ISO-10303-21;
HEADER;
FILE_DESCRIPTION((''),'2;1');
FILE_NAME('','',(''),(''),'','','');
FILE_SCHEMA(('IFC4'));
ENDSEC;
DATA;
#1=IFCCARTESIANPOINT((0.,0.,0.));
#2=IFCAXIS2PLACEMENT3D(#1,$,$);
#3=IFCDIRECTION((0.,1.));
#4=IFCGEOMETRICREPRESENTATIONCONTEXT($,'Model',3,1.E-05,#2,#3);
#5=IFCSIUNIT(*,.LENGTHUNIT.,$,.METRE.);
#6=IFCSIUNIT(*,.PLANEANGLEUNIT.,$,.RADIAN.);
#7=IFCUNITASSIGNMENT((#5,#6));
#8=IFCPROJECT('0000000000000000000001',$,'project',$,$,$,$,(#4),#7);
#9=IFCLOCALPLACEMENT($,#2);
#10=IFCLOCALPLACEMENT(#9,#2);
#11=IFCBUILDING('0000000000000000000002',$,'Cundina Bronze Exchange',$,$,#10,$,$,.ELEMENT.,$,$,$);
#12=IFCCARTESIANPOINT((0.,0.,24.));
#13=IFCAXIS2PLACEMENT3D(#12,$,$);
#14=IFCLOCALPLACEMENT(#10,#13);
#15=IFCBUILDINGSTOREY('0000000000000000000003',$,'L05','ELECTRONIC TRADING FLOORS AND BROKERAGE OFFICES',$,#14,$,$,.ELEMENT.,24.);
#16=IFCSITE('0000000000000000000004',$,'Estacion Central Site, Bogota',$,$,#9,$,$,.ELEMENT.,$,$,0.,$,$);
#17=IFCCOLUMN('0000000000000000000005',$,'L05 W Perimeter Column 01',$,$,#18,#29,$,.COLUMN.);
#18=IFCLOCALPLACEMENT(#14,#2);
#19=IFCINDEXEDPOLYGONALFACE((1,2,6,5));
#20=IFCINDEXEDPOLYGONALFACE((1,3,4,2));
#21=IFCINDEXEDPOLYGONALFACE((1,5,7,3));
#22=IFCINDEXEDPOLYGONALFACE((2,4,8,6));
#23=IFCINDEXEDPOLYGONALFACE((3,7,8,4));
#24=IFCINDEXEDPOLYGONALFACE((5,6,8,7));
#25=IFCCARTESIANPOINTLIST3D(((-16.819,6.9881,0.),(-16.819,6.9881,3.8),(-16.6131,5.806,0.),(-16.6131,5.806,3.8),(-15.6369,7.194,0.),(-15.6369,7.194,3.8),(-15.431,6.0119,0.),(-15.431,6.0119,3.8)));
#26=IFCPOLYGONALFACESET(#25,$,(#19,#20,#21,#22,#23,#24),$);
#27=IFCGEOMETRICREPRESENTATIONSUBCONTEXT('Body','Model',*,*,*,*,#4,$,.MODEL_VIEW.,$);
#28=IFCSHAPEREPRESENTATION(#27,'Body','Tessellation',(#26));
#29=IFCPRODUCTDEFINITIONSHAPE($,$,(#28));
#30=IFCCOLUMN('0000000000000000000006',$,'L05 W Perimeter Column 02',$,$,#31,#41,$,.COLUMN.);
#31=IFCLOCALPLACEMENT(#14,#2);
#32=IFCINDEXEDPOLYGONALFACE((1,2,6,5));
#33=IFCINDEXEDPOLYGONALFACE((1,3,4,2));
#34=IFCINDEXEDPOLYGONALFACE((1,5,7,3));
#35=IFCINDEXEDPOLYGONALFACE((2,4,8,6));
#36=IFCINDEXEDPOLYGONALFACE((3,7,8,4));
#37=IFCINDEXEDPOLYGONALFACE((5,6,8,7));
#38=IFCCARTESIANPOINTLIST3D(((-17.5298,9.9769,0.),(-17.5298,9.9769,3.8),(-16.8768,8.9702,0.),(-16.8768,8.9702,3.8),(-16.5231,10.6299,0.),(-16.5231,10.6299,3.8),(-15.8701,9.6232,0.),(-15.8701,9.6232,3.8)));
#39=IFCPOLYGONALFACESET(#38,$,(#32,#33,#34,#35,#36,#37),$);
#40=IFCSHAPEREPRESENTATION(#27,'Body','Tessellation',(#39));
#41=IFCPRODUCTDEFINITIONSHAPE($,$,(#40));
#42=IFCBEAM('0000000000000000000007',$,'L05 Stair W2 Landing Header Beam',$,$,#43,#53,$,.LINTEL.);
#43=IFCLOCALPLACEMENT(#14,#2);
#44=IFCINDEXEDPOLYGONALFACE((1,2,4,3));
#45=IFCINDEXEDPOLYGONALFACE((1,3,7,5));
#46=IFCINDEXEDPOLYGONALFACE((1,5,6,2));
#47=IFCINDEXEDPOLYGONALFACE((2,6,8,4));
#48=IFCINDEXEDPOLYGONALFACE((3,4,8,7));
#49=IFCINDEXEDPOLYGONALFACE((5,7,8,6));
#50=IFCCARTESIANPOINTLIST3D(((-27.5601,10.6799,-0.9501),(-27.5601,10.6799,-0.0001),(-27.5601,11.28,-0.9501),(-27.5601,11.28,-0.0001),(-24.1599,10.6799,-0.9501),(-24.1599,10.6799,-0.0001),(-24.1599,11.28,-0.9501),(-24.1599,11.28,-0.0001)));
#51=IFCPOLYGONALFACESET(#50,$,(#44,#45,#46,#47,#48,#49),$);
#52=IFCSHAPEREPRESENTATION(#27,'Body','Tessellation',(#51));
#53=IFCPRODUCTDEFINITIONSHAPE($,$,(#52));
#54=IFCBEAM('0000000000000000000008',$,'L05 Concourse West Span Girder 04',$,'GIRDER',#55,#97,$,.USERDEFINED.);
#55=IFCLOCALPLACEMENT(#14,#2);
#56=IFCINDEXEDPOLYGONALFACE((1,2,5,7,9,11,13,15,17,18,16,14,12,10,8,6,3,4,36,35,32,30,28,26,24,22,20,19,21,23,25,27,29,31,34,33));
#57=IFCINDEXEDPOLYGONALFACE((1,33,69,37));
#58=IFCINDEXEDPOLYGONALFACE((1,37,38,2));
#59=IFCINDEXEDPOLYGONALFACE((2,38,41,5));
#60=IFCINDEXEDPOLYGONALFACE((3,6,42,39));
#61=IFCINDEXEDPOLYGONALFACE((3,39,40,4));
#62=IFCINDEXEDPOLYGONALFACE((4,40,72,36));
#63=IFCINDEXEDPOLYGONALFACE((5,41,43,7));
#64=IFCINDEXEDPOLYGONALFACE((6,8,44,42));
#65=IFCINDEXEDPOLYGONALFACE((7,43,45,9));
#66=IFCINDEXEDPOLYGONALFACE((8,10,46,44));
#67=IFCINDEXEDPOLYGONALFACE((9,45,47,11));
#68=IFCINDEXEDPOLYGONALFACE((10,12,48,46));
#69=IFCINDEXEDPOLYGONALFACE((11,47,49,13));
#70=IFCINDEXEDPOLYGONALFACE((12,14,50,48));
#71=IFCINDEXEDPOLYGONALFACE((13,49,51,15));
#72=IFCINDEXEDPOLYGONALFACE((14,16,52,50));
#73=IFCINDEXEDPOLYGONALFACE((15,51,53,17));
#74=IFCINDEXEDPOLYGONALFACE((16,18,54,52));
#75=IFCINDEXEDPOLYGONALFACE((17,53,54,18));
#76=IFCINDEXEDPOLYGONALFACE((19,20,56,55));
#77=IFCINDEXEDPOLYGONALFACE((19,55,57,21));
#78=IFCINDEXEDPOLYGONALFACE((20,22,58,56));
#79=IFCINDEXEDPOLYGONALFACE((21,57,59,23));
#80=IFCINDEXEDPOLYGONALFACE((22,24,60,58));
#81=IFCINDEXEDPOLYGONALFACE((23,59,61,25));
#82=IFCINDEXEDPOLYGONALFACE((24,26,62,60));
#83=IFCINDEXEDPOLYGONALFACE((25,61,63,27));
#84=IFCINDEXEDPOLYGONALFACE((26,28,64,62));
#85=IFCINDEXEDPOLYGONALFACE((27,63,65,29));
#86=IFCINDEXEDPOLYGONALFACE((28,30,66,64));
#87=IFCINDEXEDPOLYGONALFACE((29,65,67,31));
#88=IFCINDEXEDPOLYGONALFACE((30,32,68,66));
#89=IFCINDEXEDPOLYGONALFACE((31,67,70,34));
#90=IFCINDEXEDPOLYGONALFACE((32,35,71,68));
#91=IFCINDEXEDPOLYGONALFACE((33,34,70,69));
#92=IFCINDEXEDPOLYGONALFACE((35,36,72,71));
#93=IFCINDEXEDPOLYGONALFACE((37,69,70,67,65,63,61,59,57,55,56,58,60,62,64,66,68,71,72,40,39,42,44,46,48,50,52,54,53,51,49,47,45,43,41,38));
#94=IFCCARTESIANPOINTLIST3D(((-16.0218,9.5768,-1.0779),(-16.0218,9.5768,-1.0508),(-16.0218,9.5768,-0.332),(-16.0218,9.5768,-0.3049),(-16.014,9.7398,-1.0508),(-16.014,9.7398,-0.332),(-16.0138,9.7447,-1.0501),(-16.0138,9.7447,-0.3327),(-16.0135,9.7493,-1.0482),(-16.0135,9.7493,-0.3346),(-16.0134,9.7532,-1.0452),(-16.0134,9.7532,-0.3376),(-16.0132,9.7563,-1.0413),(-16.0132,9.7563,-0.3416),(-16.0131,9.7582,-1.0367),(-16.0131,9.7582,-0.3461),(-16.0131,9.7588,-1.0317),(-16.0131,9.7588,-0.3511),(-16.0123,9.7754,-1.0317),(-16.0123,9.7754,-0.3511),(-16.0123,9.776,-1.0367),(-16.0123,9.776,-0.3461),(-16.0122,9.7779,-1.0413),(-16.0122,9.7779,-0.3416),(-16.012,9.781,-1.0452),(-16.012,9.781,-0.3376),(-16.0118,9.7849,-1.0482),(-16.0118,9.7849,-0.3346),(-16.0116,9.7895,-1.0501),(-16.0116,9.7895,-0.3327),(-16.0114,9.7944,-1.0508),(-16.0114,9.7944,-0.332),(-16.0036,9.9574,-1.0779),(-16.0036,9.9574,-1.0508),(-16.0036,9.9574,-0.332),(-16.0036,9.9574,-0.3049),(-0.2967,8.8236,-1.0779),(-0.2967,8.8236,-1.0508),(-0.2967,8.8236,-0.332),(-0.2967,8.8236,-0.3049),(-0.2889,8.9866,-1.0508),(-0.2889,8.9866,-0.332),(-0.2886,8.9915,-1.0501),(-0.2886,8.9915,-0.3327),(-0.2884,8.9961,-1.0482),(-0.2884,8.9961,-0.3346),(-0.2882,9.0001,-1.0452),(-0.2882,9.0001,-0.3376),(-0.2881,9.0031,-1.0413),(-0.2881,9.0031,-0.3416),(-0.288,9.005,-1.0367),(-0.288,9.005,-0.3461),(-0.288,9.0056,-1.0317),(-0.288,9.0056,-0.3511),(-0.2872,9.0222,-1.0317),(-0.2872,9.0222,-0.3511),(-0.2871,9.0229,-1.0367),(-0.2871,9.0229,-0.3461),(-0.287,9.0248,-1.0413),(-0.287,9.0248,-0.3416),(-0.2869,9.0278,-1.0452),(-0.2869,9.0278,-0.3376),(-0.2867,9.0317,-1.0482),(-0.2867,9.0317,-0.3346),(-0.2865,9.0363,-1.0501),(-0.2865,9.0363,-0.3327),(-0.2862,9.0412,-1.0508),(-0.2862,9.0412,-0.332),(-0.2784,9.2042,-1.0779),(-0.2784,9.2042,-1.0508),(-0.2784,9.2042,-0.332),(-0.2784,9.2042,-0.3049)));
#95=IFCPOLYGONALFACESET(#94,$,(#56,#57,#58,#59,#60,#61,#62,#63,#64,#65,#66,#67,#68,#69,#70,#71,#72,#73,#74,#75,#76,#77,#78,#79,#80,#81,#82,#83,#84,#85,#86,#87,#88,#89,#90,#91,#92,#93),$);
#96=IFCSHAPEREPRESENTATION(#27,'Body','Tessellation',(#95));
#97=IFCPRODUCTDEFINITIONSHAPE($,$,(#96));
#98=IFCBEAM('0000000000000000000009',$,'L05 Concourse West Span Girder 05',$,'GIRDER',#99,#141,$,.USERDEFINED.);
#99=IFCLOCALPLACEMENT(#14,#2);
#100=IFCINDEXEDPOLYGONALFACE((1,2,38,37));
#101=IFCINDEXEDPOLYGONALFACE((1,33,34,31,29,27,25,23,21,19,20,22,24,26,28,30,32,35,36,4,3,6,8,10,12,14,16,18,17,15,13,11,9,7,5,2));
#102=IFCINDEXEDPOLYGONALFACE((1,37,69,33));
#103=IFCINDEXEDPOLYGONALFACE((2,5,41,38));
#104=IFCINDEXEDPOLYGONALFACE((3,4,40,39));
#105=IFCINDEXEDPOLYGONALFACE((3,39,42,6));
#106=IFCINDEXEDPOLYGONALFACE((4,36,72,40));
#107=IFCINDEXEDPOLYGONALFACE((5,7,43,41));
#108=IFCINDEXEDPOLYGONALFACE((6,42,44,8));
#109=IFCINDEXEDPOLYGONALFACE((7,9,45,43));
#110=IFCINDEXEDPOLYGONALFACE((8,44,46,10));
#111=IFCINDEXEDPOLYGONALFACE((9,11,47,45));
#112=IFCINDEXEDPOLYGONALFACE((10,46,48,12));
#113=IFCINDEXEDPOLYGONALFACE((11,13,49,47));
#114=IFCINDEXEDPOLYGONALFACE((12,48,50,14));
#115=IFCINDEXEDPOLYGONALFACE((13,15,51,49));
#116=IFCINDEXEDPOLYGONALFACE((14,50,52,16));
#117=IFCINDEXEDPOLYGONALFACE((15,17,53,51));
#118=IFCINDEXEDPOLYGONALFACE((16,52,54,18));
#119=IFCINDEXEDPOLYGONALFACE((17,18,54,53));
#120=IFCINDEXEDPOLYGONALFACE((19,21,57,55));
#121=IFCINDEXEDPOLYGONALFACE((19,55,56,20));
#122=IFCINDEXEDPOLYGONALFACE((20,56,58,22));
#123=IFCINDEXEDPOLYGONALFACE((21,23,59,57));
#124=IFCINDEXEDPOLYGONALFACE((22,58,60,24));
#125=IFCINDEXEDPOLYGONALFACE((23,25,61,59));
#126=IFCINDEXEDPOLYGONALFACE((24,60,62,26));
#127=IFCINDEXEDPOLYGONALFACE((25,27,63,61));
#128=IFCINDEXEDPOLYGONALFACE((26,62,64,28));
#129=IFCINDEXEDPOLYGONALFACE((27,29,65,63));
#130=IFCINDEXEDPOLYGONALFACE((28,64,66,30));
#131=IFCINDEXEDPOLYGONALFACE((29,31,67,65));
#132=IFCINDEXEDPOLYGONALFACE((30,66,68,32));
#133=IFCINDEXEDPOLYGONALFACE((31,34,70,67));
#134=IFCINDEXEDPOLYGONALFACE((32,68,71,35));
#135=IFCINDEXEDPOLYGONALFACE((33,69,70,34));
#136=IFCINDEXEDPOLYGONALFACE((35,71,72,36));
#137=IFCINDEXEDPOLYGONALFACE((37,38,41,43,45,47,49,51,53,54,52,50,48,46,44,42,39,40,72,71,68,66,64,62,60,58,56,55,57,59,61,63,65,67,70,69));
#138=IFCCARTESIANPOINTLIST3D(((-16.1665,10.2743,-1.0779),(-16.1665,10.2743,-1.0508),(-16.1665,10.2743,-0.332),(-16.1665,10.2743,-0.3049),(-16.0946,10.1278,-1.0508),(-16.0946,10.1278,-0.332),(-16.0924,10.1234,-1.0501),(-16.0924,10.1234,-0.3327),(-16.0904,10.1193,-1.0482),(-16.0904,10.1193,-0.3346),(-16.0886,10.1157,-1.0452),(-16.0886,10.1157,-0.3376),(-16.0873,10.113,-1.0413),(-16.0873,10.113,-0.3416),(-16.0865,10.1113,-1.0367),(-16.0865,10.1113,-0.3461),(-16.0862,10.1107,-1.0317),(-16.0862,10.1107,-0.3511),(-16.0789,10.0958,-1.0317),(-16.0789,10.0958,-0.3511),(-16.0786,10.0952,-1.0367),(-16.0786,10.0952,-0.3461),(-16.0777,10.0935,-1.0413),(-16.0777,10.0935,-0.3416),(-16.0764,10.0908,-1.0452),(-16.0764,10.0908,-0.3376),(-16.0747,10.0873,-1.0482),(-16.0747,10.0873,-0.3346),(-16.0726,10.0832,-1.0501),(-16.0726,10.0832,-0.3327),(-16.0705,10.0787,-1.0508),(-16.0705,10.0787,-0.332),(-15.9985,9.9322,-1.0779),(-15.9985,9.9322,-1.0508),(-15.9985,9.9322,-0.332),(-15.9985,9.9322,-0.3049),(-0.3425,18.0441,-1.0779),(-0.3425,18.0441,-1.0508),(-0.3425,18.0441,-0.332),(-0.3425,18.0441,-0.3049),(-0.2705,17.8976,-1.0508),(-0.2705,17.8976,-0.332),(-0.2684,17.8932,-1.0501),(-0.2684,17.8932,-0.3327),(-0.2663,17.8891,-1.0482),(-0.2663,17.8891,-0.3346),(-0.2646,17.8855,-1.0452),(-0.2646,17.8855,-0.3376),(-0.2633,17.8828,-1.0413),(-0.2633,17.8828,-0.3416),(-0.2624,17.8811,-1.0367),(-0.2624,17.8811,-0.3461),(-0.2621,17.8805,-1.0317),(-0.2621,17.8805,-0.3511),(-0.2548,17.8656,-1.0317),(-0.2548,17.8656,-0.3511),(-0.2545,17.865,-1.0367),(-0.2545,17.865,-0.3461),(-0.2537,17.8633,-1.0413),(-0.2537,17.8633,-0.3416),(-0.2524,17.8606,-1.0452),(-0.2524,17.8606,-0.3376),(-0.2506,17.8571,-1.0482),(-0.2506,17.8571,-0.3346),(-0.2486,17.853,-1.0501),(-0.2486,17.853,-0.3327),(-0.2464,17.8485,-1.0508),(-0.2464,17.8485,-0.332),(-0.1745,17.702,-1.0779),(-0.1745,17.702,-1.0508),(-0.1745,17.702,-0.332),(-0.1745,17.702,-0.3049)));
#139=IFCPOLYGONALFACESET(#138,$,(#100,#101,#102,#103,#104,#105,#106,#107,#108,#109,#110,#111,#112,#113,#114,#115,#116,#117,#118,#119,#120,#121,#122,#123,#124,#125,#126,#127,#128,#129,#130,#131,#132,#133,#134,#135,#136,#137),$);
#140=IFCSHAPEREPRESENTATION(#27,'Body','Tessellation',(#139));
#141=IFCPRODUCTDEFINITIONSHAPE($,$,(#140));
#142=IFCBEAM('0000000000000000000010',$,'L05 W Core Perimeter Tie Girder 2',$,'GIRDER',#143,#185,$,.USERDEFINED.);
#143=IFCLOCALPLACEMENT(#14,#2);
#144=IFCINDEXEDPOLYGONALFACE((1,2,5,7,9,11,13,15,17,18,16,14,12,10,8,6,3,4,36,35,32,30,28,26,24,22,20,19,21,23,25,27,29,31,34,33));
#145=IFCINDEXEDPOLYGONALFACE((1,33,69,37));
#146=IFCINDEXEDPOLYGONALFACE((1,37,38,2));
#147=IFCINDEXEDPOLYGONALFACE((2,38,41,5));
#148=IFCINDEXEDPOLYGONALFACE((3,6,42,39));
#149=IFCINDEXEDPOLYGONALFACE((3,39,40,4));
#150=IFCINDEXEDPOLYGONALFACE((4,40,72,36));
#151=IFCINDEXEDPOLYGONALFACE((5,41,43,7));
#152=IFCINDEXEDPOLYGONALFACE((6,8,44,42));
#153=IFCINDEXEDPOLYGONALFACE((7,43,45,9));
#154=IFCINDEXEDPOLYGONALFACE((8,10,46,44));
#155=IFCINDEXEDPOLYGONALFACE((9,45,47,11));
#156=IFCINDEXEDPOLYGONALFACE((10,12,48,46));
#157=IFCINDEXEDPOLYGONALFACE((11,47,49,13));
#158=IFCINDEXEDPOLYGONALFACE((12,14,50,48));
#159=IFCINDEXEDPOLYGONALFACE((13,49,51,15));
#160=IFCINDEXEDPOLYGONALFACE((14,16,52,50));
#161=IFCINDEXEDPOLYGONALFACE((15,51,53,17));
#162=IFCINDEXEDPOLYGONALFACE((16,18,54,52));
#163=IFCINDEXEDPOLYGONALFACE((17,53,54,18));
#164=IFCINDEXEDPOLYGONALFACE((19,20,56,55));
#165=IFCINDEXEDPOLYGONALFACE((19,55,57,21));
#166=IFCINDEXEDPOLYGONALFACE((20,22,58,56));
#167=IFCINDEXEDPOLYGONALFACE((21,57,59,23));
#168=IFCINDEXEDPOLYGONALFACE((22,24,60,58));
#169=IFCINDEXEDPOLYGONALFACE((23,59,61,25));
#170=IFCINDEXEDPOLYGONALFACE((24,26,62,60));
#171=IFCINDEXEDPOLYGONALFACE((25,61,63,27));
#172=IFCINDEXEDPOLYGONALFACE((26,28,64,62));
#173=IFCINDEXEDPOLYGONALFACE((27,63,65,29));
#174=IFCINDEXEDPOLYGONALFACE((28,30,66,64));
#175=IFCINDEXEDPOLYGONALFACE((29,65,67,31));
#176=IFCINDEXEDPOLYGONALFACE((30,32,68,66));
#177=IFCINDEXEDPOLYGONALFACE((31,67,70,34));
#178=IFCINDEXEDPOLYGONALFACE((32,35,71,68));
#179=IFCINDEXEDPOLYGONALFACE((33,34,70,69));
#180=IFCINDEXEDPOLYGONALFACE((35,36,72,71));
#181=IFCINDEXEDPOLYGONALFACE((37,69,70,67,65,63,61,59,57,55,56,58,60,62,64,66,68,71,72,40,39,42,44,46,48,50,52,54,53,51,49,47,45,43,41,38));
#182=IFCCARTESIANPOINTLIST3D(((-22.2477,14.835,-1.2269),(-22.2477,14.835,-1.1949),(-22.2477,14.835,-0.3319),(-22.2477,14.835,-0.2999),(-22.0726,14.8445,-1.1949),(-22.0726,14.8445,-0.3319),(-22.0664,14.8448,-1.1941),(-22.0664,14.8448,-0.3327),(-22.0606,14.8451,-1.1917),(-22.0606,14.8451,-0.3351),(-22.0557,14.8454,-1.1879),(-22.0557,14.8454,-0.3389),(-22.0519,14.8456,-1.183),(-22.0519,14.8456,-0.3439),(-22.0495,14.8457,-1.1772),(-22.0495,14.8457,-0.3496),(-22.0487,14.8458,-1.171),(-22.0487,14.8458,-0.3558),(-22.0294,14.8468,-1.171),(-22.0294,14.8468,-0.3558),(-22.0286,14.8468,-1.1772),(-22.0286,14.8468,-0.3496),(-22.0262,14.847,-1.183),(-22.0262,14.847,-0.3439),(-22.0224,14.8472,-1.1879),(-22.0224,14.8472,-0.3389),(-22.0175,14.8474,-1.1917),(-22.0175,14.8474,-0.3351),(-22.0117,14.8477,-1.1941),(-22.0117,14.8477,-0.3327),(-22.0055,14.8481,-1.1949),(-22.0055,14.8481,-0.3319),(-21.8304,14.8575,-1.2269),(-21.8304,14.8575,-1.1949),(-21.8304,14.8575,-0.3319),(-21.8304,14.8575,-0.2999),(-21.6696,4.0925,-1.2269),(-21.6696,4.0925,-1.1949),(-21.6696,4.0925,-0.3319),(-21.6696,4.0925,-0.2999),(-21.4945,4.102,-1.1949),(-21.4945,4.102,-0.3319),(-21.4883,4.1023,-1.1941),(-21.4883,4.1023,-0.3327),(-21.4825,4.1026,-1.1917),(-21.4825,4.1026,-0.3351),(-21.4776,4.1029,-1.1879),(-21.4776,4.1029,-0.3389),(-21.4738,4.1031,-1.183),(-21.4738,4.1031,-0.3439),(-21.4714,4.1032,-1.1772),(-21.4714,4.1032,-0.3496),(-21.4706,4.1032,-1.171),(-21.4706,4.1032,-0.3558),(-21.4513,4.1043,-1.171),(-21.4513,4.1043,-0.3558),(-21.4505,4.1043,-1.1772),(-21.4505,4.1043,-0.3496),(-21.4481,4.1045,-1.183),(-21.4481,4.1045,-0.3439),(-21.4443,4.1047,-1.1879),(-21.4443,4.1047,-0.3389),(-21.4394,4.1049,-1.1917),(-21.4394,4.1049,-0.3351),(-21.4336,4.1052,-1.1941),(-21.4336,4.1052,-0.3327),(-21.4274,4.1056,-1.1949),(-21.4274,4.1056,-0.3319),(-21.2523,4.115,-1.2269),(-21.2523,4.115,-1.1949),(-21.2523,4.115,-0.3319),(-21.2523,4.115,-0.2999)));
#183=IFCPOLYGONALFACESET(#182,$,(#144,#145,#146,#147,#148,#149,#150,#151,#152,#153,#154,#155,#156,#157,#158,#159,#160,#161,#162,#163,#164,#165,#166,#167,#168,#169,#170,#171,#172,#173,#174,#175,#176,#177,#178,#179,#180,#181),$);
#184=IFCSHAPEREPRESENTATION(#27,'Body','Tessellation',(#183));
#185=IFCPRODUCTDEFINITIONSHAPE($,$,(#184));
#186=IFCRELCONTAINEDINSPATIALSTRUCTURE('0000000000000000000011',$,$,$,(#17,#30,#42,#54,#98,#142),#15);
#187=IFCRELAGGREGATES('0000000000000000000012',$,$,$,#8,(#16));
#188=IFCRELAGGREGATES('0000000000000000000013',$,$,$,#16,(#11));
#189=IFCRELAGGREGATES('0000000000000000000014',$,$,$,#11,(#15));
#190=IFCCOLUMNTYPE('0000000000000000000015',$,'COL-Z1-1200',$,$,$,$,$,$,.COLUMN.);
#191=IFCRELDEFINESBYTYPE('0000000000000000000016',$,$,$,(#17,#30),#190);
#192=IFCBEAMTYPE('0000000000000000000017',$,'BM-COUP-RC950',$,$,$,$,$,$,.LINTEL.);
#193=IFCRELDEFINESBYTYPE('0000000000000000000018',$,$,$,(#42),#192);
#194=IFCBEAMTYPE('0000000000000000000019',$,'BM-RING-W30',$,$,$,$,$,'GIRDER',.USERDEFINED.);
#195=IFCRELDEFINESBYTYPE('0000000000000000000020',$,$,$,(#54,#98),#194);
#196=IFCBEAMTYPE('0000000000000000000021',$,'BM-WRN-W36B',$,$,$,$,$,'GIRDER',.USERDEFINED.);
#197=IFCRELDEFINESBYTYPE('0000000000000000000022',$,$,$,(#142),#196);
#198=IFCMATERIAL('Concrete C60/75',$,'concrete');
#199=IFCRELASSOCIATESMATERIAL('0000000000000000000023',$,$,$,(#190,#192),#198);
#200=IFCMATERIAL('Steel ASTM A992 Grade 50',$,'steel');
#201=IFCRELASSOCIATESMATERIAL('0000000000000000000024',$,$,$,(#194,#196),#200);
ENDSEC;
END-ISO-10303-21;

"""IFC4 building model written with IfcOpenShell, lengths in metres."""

from ifc_helpers import new_model, si_unit, direction, frame, origin, origin_2d, place, context, subcontext, project, spatial, rectangle, i_section, extrude, material, material_profile, profile_set, type_object, element, save


model = new_model("IFC4")

# Units and contexts
model_context = context("Model", 3, precision=1e-05, world=origin(), true_north=direction((0.0, 1.0)))
body_context = subcontext(model_context, "Body", "Model", "MODEL_VIEW")
ifc_project = project(units=[si_unit("LENGTHUNIT", "METRE"), si_unit("PLANEANGLEUNIT", "RADIAN")], contexts=[model_context])

# Site, building, storey
site_placement = place(None, origin())
site = spatial("IfcSite", under=ifc_project, at=site_placement, Name="Estacion Central Site, Bogota", CompositionType="ELEMENT", RefElevation=0.0)
building_placement = place(site_placement, origin())
building = spatial("IfcBuilding", under=site, at=building_placement, Name="Cundina Bronze Exchange", CompositionType="ELEMENT")
storey_placement = place(building_placement, frame((0.0, 0.0, 24.0)))
storey = spatial("IfcBuildingStorey", under=building, at=storey_placement, Name="L05", Description="ELECTRONIC TRADING FLOORS AND BROKERAGE OFFICES", CompositionType="ELEMENT", Elevation=24.0)

# Columns
ifc_material_1 = material(Name="Concrete C60/75", Category="concrete")
ifc_material_profile_1 = material_profile(ifc_material_1, rectangle(XDim=1.2, YDim=1.2, at=origin_2d()), Name="RC1200X1200", Category="concrete")
ifc_profile_set_1 = profile_set([ifc_material_profile_1], Name="Concrete C60/75")
column_type = type_object("IfcColumnType", Name="COL-Z1-1200", PredefinedType="COLUMN", material=ifc_profile_set_1)
for number, where, z_axis, x_axis, name in (
    (1, (-16.125, 6.5, 0.0), (0.0, 0.0, 1.0), (-0.171585, 0.985169, 0.0), "L05 W Perimeter Column 01"),
    (2, (-16.7, 9.8, 0.0), (0.0, 0.0, 1.0), (-0.5442, 0.838956, 0.0), "L05 W Perimeter Column 02"),
):
    element("IfcColumn", number, at=place(storey_placement, frame(where, z_axis=z_axis, x_axis=x_axis)), inside=storey, type_object=column_type, Name=name, PredefinedType="COLUMN", context=body_context, shape_type="SweptSolid", body=[
        extrude(rectangle(XDim=1.2, YDim=1.2, at=origin_2d()), origin(), (0.0, 0.0, 1.0), 3.8),
    ])

# Beams
ifc_material_profile_2 = material_profile(ifc_material_1, rectangle(XDim=0.6001, YDim=0.95, at=origin_2d()), Name="RC600X950", Category="concrete")
ifc_profile_set_2 = profile_set([ifc_material_profile_2], Name="Concrete C60/75")
beam_type_1 = type_object("IfcBeamType", Name="BM-COUP-RC950", PredefinedType="LINTEL", material=ifc_profile_set_2)
beam_1_placement = place(storey_placement, frame((-27.5601, 10.98, -0.4751), z_axis=(1.0, 0.0, 0.0), x_axis=(0.0, 1.0, 0.0)))
element("IfcBeam", 3, at=beam_1_placement, inside=storey, type_object=beam_type_1, Name="L05 Stair W2 Landing Header Beam", PredefinedType="LINTEL", context=body_context, shape_type="SweptSolid", body=[
    extrude(rectangle(XDim=0.6001, YDim=0.95, at=origin_2d()), origin(), (0.0, 0.0, 1.0), 3.4001),
])
ifc_material_2 = material(Name="Steel ASTM A992 Grade 50", Category="steel")
ifc_material_profile_3 = material_profile(ifc_material_2, i_section(OverallWidth=0.3811, OverallDepth=0.7729, WebThickness=0.0166, FlangeThickness=0.0271, FilletRadius=0.019, at=origin_2d()), Name="W30X173", Category="steel")
ifc_profile_set_3 = profile_set([ifc_material_profile_3], Name="Steel ASTM A992 Grade 50")
beam_type_2 = type_object("IfcBeamType", Name="BM-RING-W30", ElementType="GIRDER", PredefinedType="USERDEFINED", material=ifc_profile_set_3)
beam_2_placement = place(storey_placement, frame((-16.0127, 9.7671, -0.6914), z_axis=(0.998855, -0.047841, 0.0), x_axis=(0.047841, 0.998855, 0.0)))
element("IfcBeam", 4, at=beam_2_placement, inside=storey, type_object=beam_type_2, Name="L05 Concourse West Span Girder 04", ObjectType="GIRDER", PredefinedType="USERDEFINED", context=body_context, shape_type="SweptSolid", body=[
    extrude(i_section(OverallWidth=0.3811, OverallDepth=0.7729, WebThickness=0.0166, FlangeThickness=0.0271, FilletRadius=0.019, at=origin_2d()), origin(), (0.0, 0.0, 1.0), 15.7432),
])
beam_3_placement = place(storey_placement, frame((-16.0825, 10.1033, -0.6914), z_axis=(0.897631, 0.440748, 0.0), x_axis=(-0.440748, 0.897631, 0.0)))
element("IfcBeam", 5, at=beam_3_placement, inside=storey, type_object=beam_type_2, Name="L05 Concourse West Span Girder 05", ObjectType="GIRDER", PredefinedType="USERDEFINED", context=body_context, shape_type="SweptSolid", body=[
    extrude(i_section(OverallWidth=0.3811, OverallDepth=0.7729, WebThickness=0.0166, FlangeThickness=0.0271, FilletRadius=0.019, at=origin_2d()), origin(), (0.0, 0.0, 1.0), 17.6287),
])
ifc_material_profile_4 = material_profile(ifc_material_2, i_section(OverallWidth=0.418, OverallDepth=0.927, WebThickness=0.0193, FlangeThickness=0.032, FilletRadius=0.0239, at=origin_2d()), Name="W36X231", Category="steel")
ifc_profile_set_4 = profile_set([ifc_material_profile_4], Name="Steel ASTM A992 Grade 50")
beam_type_3 = type_object("IfcBeamType", Name="BM-WRN-W36B", ElementType="GIRDER", PredefinedType="USERDEFINED", material=ifc_profile_set_4)
beam_4_placement = place(storey_placement, frame((-21.4609, 4.1038, -0.7634), z_axis=(-0.053739, 0.998555, 0.0), x_axis=(-0.998555, -0.053739, 0.0)))
element("IfcBeam", 6, at=beam_4_placement, inside=storey, type_object=beam_type_3, Name="L05 W Core Perimeter Tie Girder 2", ObjectType="GIRDER", PredefinedType="USERDEFINED", context=body_context, shape_type="SweptSolid", body=[
    extrude(i_section(OverallWidth=0.418, OverallDepth=0.927, WebThickness=0.0193, FlangeThickness=0.032, FilletRadius=0.0239, at=origin_2d()), origin(), (0.0, 0.0, 1.0), 10.7581),
])

save(model, "model.ifc")
